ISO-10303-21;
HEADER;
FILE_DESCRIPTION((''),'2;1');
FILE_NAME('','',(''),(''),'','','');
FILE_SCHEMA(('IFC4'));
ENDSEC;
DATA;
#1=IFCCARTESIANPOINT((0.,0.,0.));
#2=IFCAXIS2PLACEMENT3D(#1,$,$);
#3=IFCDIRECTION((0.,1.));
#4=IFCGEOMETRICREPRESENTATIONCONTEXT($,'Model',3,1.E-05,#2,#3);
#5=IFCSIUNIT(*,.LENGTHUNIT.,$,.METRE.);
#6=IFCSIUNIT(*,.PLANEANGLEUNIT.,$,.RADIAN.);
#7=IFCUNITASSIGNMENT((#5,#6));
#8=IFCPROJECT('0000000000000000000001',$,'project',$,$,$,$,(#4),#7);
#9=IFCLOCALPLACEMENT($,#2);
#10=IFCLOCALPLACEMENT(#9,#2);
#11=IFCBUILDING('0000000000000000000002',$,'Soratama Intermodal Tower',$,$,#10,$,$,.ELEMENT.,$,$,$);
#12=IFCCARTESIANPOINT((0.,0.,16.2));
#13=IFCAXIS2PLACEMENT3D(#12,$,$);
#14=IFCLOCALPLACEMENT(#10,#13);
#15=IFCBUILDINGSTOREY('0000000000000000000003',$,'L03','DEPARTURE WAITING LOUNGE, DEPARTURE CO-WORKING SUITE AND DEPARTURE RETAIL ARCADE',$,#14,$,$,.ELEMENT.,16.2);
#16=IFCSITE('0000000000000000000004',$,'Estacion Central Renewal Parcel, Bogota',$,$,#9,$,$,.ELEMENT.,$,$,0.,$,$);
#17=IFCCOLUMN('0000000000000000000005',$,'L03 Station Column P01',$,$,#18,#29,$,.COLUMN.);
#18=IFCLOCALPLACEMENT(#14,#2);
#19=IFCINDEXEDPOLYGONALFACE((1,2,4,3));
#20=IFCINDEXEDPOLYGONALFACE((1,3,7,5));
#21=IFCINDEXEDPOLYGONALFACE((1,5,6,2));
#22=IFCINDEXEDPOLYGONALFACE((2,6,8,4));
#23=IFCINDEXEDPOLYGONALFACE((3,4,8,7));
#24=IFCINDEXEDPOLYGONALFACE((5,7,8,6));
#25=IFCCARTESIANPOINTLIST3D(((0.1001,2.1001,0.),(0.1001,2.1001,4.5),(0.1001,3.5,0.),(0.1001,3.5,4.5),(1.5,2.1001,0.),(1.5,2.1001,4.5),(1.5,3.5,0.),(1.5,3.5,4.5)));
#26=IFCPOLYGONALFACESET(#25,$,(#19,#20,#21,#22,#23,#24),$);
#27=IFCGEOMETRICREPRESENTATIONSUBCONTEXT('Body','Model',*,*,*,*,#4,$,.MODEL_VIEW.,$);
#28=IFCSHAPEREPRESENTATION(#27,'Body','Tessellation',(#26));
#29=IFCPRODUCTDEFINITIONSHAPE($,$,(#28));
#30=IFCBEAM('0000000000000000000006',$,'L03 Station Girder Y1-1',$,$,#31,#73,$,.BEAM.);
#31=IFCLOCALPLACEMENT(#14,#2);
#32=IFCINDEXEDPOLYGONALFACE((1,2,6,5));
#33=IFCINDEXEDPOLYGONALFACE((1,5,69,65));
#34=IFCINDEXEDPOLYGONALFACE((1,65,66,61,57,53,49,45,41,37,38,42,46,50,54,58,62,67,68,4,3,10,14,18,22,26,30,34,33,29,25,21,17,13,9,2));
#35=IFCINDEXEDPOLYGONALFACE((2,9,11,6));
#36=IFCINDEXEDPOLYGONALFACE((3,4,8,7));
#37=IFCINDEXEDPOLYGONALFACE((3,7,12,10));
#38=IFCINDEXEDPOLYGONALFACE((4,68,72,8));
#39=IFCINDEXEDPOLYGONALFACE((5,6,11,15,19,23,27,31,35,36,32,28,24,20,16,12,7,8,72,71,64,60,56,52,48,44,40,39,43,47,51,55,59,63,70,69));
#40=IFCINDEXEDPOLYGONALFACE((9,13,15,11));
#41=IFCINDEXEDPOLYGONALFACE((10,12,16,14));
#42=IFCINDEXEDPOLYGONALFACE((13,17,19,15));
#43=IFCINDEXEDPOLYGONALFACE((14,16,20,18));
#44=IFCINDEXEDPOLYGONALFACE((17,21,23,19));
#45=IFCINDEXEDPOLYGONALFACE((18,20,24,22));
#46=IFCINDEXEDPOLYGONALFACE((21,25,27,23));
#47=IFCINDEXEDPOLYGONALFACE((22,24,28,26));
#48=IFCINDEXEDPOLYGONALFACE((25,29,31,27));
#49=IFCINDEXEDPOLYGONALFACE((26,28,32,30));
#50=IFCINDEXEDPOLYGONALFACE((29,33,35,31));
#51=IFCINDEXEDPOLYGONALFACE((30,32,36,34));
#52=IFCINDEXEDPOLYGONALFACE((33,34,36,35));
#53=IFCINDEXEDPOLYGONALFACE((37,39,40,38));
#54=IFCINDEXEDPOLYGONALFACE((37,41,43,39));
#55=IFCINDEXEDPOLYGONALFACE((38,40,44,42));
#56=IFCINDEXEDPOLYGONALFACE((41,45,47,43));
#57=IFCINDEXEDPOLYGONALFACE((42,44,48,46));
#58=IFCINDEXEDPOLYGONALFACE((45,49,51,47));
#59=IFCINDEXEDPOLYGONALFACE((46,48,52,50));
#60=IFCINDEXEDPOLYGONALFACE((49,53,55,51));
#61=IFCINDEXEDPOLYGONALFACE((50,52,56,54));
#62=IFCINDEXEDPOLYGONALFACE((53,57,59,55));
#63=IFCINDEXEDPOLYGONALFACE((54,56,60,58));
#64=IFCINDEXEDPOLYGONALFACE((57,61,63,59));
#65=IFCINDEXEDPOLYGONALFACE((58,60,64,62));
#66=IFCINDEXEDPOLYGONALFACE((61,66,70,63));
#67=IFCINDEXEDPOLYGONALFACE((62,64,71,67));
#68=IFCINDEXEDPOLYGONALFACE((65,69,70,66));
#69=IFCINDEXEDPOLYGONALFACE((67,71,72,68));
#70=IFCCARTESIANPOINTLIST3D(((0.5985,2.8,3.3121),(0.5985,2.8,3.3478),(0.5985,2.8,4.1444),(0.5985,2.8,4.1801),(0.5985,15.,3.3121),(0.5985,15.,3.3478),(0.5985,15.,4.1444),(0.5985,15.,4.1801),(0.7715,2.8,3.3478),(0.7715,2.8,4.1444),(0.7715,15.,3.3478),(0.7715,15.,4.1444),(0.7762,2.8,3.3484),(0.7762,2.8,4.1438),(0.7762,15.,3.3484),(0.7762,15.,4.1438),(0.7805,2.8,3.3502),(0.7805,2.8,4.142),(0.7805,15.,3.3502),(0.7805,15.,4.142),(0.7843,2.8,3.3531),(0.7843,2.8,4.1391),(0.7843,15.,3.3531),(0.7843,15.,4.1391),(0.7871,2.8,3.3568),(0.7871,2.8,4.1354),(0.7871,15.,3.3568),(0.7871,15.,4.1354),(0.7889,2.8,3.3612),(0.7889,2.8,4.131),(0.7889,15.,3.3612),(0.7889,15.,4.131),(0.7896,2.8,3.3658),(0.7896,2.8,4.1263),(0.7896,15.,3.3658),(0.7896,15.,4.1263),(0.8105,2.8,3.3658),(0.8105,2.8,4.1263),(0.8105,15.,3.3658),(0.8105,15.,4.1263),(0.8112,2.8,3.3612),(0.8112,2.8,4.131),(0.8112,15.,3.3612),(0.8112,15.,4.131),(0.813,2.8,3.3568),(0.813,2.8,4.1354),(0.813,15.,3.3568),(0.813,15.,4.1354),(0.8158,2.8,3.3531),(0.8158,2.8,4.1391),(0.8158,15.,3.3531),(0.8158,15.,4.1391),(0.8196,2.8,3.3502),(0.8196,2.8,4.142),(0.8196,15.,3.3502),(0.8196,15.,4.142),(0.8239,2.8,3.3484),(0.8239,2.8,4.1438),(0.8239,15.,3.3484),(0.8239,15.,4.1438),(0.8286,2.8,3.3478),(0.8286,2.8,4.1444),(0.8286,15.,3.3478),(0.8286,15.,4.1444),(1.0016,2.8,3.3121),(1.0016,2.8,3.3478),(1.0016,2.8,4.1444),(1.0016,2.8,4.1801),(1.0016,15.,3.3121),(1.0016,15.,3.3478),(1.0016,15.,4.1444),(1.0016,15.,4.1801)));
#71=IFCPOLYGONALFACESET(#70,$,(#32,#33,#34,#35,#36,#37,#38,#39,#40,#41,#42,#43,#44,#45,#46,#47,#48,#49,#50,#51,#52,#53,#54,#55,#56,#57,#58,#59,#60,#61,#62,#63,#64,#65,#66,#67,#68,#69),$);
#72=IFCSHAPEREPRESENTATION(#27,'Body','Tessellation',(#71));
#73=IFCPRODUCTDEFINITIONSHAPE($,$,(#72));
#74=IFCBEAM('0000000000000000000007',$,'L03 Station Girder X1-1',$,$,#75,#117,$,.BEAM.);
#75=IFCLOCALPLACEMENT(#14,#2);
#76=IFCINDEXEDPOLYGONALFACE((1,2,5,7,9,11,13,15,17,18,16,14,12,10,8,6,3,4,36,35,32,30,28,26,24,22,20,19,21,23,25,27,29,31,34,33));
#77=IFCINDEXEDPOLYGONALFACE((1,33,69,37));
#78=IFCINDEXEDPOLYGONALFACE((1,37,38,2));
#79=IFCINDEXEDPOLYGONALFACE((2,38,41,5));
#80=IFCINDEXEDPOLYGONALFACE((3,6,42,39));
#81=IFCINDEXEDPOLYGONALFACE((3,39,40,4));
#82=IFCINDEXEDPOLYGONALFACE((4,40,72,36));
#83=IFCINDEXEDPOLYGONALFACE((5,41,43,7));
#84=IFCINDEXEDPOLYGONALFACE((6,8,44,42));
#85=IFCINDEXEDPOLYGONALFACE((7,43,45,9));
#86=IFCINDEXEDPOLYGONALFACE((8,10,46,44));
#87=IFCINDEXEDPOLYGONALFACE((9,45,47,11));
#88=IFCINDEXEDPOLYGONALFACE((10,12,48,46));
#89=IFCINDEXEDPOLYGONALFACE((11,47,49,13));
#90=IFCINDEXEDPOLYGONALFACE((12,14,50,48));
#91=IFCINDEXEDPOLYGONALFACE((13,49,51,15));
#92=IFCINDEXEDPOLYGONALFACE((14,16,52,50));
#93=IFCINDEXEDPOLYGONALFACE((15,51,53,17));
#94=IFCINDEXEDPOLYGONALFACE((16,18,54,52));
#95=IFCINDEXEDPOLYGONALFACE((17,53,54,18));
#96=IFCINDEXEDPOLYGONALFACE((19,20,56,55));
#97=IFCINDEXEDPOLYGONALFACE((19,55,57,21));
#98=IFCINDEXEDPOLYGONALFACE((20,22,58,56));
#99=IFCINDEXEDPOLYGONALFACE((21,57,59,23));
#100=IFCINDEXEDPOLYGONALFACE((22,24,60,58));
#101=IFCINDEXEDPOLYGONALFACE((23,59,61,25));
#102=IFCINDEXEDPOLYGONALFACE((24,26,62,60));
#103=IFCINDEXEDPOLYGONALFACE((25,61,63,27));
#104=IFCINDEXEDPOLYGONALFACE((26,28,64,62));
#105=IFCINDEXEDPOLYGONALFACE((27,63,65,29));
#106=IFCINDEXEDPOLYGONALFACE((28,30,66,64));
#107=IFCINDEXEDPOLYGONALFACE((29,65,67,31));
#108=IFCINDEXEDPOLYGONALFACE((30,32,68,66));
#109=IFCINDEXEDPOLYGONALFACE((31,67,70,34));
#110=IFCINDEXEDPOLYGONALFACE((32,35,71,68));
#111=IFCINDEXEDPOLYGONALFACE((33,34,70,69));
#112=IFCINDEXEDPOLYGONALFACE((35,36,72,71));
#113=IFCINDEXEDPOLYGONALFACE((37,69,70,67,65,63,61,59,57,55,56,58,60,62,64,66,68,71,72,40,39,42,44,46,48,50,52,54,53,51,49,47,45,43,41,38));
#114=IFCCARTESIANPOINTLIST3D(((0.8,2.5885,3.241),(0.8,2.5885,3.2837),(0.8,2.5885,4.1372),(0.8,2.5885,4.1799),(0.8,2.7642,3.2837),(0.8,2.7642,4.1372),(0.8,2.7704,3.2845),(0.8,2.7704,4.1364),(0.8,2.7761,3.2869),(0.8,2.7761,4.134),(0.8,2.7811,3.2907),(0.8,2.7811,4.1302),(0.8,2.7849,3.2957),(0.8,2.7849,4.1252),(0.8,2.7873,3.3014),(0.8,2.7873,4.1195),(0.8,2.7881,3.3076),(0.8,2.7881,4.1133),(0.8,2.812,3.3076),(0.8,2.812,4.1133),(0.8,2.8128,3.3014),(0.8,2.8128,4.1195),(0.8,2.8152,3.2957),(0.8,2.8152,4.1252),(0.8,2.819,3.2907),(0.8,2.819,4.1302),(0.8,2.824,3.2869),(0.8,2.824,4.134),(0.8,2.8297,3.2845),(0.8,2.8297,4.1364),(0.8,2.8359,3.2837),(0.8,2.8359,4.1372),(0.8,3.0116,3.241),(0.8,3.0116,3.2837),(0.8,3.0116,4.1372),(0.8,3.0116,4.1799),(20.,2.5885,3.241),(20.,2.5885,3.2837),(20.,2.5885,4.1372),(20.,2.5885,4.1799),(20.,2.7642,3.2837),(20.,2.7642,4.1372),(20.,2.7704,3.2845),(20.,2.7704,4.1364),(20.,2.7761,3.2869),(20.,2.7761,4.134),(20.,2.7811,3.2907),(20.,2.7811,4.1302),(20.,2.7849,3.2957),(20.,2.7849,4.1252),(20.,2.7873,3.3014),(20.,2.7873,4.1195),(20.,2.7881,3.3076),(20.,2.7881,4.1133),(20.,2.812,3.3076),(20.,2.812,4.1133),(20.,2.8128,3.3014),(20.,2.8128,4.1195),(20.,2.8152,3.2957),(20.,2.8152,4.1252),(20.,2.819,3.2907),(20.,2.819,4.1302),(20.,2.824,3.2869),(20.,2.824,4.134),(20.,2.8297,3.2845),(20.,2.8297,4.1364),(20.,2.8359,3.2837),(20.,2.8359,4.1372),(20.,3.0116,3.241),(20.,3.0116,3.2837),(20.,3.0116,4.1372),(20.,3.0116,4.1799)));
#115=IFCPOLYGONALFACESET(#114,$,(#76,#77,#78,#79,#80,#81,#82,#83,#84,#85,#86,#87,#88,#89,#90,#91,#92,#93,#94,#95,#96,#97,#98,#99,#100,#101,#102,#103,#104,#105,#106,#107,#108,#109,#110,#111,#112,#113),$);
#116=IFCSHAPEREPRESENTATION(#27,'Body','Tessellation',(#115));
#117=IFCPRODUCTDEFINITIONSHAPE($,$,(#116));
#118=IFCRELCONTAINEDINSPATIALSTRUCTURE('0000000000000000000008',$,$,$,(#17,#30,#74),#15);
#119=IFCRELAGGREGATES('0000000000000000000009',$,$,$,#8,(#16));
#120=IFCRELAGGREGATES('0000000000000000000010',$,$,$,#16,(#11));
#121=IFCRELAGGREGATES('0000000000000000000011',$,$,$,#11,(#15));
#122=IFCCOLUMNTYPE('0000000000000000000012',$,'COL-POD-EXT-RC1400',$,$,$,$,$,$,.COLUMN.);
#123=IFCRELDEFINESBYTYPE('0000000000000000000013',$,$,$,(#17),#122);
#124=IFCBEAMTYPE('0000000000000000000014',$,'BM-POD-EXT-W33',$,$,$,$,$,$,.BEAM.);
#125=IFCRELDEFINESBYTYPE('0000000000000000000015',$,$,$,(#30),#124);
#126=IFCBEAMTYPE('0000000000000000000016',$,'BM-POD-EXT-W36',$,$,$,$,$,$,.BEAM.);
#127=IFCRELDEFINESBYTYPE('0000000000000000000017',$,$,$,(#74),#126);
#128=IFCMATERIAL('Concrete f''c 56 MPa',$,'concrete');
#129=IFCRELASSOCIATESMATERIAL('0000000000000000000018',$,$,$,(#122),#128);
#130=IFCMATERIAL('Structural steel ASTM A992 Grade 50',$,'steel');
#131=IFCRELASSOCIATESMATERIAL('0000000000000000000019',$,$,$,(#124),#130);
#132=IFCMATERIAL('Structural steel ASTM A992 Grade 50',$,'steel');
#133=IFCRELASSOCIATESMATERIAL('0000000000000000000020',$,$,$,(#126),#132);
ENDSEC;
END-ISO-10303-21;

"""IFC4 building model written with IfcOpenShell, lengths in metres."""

from ifc_helpers import new_model, si_unit, direction, frame, origin, origin_2d, place, context, subcontext, project, spatial, rectangle, i_section, extrude, material, material_profile, profile_set, type_object, element, save


model = new_model("IFC4")

# Units and contexts
model_context = context("Model", 3, precision=1e-05, world=origin(), true_north=direction((0.0, 1.0)))
body_context = subcontext(model_context, "Body", "Model", "MODEL_VIEW")
ifc_project = project(units=[si_unit("LENGTHUNIT", "METRE"), si_unit("PLANEANGLEUNIT", "RADIAN")], contexts=[model_context])

# Site, building, storey
site_placement = place(None, origin())
site = spatial("IfcSite", under=ifc_project, at=site_placement, Name="Estacion Central Renewal Parcel, Bogota", CompositionType="ELEMENT", RefElevation=0.0)
building_placement = place(site_placement, origin())
building = spatial("IfcBuilding", under=site, at=building_placement, Name="Soratama Intermodal Tower", CompositionType="ELEMENT")
storey_placement = place(building_placement, frame((0.0, 0.0, 16.2)))
storey = spatial("IfcBuildingStorey", under=building, at=storey_placement, Name="L03", Description="DEPARTURE WAITING LOUNGE, DEPARTURE CO-WORKING SUITE AND DEPARTURE RETAIL ARCADE", CompositionType="ELEMENT", Elevation=16.2)

# Column
ifc_material_1 = material(Name="Concrete f'c 56 MPa", Category="concrete")
ifc_material_profile_1 = material_profile(ifc_material_1, rectangle(XDim=1.3999, YDim=1.3999, at=origin_2d()), Name="RC1400X1400")
ifc_profile_set_1 = profile_set([ifc_material_profile_1], Name="Concrete f'c 56 MPa")
column_type = type_object("IfcColumnType", Name="COL-POD-EXT-RC1400", PredefinedType="COLUMN", material=ifc_profile_set_1)
column_placement = place(storey_placement, frame((0.8, 2.8, 0.0), z_axis=(0.0, 0.0, 1.0), x_axis=(1.0, 0.0, 0.0)))
element("IfcColumn", 1, at=column_placement, inside=storey, type_object=column_type, Name="L03 Station Column P01", PredefinedType="COLUMN", context=body_context, shape_type="SweptSolid", body=[
    extrude(rectangle(XDim=1.3999, YDim=1.3999, at=origin_2d()), origin(), (0.0, 0.0, 1.0), 4.5),
])

# Beams
ifc_material_2 = material(Name="Structural steel ASTM A992 Grade 50", Category="steel")
ifc_material_profile_2 = material_profile(ifc_material_2, i_section(OverallWidth=0.4031, OverallDepth=0.8679, WebThickness=0.021, FlangeThickness=0.0356, FilletRadius=0.0181, at=origin_2d()), Name="W33X241")
ifc_profile_set_2 = profile_set([ifc_material_profile_2], Name="Structural steel ASTM A992 Grade 50")
beam_type_1 = type_object("IfcBeamType", Name="BM-POD-EXT-W33", PredefinedType="BEAM", material=ifc_profile_set_2)
beam_1_placement = place(storey_placement, frame((0.8, 2.8, 3.7461), z_axis=(0.0, 1.0, 0.0), x_axis=(-1.0, 0.0, 0.0)))
element("IfcBeam", 2, at=beam_1_placement, inside=storey, type_object=beam_type_1, Name="L03 Station Girder Y1-1", PredefinedType="BEAM", context=body_context, shape_type="SweptSolid", body=[
    extrude(i_section(OverallWidth=0.4031, OverallDepth=0.8679, WebThickness=0.021, FlangeThickness=0.0356, FilletRadius=0.0181, at=origin_2d()), origin(), (0.0, 0.0, 1.0), 12.2),
])
ifc_material_3 = material(Name="Structural steel ASTM A992 Grade 50", Category="steel")
ifc_material_profile_3 = material_profile(ifc_material_3, i_section(OverallWidth=0.4231, OverallDepth=0.939, WebThickness=0.0239, FlangeThickness=0.0427, FilletRadius=0.0239, at=origin_2d()), Name="W36X302")
ifc_profile_set_3 = profile_set([ifc_material_profile_3], Name="Structural steel ASTM A992 Grade 50")
beam_type_2 = type_object("IfcBeamType", Name="BM-POD-EXT-W36", PredefinedType="BEAM", material=ifc_profile_set_3)
beam_2_placement = place(storey_placement, frame((0.8, 2.8, 3.7104), z_axis=(1.0, 0.0, 0.0), x_axis=(0.0, 1.0, 0.0)))
element("IfcBeam", 3, at=beam_2_placement, inside=storey, type_object=beam_type_2, Name="L03 Station Girder X1-1", PredefinedType="BEAM", context=body_context, shape_type="SweptSolid", body=[
    extrude(i_section(OverallWidth=0.4231, OverallDepth=0.939, WebThickness=0.0239, FlangeThickness=0.0427, FilletRadius=0.0239, at=origin_2d()), origin(), (0.0, 0.0, 1.0), 19.2),
])

save(model, "model.ifc")
